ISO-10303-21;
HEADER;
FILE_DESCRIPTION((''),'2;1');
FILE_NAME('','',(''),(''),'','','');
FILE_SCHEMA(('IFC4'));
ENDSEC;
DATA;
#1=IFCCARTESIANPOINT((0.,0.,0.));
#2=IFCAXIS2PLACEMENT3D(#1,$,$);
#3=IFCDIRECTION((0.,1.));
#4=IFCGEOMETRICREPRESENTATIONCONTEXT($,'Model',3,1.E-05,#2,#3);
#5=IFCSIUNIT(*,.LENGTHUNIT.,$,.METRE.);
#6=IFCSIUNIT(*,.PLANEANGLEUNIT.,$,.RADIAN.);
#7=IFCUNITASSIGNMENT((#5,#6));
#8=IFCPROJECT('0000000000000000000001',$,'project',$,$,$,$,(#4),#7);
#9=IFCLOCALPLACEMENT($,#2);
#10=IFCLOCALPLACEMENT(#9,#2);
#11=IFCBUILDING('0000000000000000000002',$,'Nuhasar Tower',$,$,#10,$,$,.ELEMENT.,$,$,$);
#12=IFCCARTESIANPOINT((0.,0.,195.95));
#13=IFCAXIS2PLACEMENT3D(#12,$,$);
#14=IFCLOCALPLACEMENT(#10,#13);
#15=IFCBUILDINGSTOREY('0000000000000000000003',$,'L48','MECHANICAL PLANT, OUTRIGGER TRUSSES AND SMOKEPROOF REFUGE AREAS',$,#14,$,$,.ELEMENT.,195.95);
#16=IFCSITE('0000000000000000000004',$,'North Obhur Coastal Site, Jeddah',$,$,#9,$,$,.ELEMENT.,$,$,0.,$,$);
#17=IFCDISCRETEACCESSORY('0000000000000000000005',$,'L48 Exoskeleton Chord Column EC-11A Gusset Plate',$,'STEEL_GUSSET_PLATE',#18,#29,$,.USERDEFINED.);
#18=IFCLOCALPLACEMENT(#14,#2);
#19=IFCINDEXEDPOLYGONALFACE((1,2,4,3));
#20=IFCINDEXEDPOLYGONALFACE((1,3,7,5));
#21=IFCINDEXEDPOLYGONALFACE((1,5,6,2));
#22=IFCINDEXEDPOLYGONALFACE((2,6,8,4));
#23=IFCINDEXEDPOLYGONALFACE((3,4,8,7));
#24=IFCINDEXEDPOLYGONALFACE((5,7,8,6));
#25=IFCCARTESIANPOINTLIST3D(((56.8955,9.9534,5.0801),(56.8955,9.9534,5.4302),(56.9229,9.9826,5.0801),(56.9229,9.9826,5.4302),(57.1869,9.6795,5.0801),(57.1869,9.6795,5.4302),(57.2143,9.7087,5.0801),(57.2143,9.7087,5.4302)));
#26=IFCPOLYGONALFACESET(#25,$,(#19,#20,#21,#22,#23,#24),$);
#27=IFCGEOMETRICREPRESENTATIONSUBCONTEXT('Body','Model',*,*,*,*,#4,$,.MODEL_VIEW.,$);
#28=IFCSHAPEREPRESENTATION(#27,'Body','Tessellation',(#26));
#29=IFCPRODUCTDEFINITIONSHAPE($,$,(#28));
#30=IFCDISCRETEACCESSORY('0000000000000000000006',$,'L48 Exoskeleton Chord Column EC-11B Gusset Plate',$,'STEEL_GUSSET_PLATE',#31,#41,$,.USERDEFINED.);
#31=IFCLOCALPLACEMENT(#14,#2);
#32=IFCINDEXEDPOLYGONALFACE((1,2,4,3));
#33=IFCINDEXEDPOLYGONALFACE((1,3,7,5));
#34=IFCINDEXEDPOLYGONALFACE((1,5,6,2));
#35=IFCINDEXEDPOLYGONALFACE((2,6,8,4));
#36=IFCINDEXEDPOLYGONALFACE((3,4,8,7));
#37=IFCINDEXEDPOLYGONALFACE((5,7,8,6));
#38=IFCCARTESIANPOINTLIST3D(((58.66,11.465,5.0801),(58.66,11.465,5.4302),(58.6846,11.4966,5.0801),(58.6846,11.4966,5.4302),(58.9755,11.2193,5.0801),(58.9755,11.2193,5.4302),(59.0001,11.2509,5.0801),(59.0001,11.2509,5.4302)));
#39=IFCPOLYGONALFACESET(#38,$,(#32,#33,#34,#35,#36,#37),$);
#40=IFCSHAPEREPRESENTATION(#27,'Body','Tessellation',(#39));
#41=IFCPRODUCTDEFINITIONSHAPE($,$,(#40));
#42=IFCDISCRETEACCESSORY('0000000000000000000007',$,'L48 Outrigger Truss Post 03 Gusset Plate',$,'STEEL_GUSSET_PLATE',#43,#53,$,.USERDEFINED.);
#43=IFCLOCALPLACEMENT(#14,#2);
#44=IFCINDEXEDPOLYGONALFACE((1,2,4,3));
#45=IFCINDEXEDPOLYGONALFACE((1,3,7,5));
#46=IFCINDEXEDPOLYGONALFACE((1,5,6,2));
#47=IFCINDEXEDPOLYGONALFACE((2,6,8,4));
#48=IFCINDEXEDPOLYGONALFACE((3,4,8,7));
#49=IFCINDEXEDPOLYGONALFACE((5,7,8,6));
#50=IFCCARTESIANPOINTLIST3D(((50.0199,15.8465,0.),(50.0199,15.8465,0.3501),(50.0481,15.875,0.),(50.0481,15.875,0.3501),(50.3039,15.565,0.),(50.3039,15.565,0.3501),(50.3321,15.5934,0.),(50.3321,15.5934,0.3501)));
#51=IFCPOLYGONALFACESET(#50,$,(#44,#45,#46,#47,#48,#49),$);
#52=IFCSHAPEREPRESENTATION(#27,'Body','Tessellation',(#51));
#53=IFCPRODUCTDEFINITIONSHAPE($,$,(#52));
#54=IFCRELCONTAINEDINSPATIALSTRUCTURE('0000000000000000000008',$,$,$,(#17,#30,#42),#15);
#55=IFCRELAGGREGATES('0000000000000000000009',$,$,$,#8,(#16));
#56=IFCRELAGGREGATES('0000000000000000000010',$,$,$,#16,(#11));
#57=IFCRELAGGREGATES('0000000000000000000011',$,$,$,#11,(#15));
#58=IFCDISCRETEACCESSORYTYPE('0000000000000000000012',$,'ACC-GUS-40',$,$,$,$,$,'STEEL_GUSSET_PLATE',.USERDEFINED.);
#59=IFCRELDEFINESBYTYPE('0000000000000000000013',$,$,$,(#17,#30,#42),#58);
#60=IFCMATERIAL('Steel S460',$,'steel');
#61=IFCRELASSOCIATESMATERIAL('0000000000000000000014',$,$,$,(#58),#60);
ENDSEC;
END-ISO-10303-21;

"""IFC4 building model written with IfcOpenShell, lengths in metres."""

from ifc_helpers import new_model, si_unit, direction, frame, origin, origin_2d, place, context, subcontext, project, spatial, rectangle, extrude, material, type_object, element, save


model = new_model("IFC4")

# Units and contexts
model_context = context("Model", 3, precision=1e-05, world=origin(), true_north=direction((0.0, 1.0)))
body_context = subcontext(model_context, "Body", "Model", "MODEL_VIEW")
ifc_project = project(units=[si_unit("LENGTHUNIT", "METRE"), si_unit("PLANEANGLEUNIT", "RADIAN")], contexts=[model_context])

# Site, building, storey
site_placement = place(None, origin())
site = spatial("IfcSite", under=ifc_project, at=site_placement, Name="North Obhur Coastal Site, Jeddah", CompositionType="ELEMENT", RefElevation=0.0)
building_placement = place(site_placement, origin())
building = spatial("IfcBuilding", under=site, at=building_placement, Name="Nuhasar Tower", CompositionType="ELEMENT")
storey_placement = place(building_placement, frame((0.0, 0.0, 195.95)))
storey = spatial("IfcBuildingStorey", under=building, at=storey_placement, Name="L48", Description="MECHANICAL PLANT, OUTRIGGER TRUSSES AND SMOKEPROOF REFUGE AREAS", CompositionType="ELEMENT", Elevation=195.95)

# Shared definitions
ifc_material_1 = material(Name="Steel S460", Category="steel")

# Discrete accessories
discrete_accessory_type = type_object("IfcDiscreteAccessoryType", Name="ACC-GUS-40", ElementType="STEEL_GUSSET_PLATE", PredefinedType="USERDEFINED", material=ifc_material_1)
for number, where, z_axis, x_axis, name in (
    (1, (57.0549, 9.8311, 5.0801), (0.0, 0.0, 1.0), (0.728682, -0.684852, 0.0), "L48 Exoskeleton Chord Column EC-11A Gusset Plate"),
    (2, (58.8301, 11.3579, 5.0801), (0.0, 0.0, 1.0), (0.788998, -0.614395, 0.0), "L48 Exoskeleton Chord Column EC-11B Gusset Plate"),
    (3, (50.176, 15.72, 0.0), (0.0, 0.0, 1.0), (0.710161, -0.70404, 0.0), "L48 Outrigger Truss Post 03 Gusset Plate"),
):
    element("IfcDiscreteAccessory", number, at=place(storey_placement, frame(where, z_axis=z_axis, x_axis=x_axis)), inside=storey, type_object=discrete_accessory_type, Name=name, ObjectType="STEEL_GUSSET_PLATE", PredefinedType="USERDEFINED", context=body_context, shape_type="SweptSolid", body=[
        extrude(rectangle(XDim=0.3999, YDim=0.04, at=origin_2d()), origin(), (0.0, 0.0, 1.0), 0.3501),
    ])

save(model, "model.ifc")
